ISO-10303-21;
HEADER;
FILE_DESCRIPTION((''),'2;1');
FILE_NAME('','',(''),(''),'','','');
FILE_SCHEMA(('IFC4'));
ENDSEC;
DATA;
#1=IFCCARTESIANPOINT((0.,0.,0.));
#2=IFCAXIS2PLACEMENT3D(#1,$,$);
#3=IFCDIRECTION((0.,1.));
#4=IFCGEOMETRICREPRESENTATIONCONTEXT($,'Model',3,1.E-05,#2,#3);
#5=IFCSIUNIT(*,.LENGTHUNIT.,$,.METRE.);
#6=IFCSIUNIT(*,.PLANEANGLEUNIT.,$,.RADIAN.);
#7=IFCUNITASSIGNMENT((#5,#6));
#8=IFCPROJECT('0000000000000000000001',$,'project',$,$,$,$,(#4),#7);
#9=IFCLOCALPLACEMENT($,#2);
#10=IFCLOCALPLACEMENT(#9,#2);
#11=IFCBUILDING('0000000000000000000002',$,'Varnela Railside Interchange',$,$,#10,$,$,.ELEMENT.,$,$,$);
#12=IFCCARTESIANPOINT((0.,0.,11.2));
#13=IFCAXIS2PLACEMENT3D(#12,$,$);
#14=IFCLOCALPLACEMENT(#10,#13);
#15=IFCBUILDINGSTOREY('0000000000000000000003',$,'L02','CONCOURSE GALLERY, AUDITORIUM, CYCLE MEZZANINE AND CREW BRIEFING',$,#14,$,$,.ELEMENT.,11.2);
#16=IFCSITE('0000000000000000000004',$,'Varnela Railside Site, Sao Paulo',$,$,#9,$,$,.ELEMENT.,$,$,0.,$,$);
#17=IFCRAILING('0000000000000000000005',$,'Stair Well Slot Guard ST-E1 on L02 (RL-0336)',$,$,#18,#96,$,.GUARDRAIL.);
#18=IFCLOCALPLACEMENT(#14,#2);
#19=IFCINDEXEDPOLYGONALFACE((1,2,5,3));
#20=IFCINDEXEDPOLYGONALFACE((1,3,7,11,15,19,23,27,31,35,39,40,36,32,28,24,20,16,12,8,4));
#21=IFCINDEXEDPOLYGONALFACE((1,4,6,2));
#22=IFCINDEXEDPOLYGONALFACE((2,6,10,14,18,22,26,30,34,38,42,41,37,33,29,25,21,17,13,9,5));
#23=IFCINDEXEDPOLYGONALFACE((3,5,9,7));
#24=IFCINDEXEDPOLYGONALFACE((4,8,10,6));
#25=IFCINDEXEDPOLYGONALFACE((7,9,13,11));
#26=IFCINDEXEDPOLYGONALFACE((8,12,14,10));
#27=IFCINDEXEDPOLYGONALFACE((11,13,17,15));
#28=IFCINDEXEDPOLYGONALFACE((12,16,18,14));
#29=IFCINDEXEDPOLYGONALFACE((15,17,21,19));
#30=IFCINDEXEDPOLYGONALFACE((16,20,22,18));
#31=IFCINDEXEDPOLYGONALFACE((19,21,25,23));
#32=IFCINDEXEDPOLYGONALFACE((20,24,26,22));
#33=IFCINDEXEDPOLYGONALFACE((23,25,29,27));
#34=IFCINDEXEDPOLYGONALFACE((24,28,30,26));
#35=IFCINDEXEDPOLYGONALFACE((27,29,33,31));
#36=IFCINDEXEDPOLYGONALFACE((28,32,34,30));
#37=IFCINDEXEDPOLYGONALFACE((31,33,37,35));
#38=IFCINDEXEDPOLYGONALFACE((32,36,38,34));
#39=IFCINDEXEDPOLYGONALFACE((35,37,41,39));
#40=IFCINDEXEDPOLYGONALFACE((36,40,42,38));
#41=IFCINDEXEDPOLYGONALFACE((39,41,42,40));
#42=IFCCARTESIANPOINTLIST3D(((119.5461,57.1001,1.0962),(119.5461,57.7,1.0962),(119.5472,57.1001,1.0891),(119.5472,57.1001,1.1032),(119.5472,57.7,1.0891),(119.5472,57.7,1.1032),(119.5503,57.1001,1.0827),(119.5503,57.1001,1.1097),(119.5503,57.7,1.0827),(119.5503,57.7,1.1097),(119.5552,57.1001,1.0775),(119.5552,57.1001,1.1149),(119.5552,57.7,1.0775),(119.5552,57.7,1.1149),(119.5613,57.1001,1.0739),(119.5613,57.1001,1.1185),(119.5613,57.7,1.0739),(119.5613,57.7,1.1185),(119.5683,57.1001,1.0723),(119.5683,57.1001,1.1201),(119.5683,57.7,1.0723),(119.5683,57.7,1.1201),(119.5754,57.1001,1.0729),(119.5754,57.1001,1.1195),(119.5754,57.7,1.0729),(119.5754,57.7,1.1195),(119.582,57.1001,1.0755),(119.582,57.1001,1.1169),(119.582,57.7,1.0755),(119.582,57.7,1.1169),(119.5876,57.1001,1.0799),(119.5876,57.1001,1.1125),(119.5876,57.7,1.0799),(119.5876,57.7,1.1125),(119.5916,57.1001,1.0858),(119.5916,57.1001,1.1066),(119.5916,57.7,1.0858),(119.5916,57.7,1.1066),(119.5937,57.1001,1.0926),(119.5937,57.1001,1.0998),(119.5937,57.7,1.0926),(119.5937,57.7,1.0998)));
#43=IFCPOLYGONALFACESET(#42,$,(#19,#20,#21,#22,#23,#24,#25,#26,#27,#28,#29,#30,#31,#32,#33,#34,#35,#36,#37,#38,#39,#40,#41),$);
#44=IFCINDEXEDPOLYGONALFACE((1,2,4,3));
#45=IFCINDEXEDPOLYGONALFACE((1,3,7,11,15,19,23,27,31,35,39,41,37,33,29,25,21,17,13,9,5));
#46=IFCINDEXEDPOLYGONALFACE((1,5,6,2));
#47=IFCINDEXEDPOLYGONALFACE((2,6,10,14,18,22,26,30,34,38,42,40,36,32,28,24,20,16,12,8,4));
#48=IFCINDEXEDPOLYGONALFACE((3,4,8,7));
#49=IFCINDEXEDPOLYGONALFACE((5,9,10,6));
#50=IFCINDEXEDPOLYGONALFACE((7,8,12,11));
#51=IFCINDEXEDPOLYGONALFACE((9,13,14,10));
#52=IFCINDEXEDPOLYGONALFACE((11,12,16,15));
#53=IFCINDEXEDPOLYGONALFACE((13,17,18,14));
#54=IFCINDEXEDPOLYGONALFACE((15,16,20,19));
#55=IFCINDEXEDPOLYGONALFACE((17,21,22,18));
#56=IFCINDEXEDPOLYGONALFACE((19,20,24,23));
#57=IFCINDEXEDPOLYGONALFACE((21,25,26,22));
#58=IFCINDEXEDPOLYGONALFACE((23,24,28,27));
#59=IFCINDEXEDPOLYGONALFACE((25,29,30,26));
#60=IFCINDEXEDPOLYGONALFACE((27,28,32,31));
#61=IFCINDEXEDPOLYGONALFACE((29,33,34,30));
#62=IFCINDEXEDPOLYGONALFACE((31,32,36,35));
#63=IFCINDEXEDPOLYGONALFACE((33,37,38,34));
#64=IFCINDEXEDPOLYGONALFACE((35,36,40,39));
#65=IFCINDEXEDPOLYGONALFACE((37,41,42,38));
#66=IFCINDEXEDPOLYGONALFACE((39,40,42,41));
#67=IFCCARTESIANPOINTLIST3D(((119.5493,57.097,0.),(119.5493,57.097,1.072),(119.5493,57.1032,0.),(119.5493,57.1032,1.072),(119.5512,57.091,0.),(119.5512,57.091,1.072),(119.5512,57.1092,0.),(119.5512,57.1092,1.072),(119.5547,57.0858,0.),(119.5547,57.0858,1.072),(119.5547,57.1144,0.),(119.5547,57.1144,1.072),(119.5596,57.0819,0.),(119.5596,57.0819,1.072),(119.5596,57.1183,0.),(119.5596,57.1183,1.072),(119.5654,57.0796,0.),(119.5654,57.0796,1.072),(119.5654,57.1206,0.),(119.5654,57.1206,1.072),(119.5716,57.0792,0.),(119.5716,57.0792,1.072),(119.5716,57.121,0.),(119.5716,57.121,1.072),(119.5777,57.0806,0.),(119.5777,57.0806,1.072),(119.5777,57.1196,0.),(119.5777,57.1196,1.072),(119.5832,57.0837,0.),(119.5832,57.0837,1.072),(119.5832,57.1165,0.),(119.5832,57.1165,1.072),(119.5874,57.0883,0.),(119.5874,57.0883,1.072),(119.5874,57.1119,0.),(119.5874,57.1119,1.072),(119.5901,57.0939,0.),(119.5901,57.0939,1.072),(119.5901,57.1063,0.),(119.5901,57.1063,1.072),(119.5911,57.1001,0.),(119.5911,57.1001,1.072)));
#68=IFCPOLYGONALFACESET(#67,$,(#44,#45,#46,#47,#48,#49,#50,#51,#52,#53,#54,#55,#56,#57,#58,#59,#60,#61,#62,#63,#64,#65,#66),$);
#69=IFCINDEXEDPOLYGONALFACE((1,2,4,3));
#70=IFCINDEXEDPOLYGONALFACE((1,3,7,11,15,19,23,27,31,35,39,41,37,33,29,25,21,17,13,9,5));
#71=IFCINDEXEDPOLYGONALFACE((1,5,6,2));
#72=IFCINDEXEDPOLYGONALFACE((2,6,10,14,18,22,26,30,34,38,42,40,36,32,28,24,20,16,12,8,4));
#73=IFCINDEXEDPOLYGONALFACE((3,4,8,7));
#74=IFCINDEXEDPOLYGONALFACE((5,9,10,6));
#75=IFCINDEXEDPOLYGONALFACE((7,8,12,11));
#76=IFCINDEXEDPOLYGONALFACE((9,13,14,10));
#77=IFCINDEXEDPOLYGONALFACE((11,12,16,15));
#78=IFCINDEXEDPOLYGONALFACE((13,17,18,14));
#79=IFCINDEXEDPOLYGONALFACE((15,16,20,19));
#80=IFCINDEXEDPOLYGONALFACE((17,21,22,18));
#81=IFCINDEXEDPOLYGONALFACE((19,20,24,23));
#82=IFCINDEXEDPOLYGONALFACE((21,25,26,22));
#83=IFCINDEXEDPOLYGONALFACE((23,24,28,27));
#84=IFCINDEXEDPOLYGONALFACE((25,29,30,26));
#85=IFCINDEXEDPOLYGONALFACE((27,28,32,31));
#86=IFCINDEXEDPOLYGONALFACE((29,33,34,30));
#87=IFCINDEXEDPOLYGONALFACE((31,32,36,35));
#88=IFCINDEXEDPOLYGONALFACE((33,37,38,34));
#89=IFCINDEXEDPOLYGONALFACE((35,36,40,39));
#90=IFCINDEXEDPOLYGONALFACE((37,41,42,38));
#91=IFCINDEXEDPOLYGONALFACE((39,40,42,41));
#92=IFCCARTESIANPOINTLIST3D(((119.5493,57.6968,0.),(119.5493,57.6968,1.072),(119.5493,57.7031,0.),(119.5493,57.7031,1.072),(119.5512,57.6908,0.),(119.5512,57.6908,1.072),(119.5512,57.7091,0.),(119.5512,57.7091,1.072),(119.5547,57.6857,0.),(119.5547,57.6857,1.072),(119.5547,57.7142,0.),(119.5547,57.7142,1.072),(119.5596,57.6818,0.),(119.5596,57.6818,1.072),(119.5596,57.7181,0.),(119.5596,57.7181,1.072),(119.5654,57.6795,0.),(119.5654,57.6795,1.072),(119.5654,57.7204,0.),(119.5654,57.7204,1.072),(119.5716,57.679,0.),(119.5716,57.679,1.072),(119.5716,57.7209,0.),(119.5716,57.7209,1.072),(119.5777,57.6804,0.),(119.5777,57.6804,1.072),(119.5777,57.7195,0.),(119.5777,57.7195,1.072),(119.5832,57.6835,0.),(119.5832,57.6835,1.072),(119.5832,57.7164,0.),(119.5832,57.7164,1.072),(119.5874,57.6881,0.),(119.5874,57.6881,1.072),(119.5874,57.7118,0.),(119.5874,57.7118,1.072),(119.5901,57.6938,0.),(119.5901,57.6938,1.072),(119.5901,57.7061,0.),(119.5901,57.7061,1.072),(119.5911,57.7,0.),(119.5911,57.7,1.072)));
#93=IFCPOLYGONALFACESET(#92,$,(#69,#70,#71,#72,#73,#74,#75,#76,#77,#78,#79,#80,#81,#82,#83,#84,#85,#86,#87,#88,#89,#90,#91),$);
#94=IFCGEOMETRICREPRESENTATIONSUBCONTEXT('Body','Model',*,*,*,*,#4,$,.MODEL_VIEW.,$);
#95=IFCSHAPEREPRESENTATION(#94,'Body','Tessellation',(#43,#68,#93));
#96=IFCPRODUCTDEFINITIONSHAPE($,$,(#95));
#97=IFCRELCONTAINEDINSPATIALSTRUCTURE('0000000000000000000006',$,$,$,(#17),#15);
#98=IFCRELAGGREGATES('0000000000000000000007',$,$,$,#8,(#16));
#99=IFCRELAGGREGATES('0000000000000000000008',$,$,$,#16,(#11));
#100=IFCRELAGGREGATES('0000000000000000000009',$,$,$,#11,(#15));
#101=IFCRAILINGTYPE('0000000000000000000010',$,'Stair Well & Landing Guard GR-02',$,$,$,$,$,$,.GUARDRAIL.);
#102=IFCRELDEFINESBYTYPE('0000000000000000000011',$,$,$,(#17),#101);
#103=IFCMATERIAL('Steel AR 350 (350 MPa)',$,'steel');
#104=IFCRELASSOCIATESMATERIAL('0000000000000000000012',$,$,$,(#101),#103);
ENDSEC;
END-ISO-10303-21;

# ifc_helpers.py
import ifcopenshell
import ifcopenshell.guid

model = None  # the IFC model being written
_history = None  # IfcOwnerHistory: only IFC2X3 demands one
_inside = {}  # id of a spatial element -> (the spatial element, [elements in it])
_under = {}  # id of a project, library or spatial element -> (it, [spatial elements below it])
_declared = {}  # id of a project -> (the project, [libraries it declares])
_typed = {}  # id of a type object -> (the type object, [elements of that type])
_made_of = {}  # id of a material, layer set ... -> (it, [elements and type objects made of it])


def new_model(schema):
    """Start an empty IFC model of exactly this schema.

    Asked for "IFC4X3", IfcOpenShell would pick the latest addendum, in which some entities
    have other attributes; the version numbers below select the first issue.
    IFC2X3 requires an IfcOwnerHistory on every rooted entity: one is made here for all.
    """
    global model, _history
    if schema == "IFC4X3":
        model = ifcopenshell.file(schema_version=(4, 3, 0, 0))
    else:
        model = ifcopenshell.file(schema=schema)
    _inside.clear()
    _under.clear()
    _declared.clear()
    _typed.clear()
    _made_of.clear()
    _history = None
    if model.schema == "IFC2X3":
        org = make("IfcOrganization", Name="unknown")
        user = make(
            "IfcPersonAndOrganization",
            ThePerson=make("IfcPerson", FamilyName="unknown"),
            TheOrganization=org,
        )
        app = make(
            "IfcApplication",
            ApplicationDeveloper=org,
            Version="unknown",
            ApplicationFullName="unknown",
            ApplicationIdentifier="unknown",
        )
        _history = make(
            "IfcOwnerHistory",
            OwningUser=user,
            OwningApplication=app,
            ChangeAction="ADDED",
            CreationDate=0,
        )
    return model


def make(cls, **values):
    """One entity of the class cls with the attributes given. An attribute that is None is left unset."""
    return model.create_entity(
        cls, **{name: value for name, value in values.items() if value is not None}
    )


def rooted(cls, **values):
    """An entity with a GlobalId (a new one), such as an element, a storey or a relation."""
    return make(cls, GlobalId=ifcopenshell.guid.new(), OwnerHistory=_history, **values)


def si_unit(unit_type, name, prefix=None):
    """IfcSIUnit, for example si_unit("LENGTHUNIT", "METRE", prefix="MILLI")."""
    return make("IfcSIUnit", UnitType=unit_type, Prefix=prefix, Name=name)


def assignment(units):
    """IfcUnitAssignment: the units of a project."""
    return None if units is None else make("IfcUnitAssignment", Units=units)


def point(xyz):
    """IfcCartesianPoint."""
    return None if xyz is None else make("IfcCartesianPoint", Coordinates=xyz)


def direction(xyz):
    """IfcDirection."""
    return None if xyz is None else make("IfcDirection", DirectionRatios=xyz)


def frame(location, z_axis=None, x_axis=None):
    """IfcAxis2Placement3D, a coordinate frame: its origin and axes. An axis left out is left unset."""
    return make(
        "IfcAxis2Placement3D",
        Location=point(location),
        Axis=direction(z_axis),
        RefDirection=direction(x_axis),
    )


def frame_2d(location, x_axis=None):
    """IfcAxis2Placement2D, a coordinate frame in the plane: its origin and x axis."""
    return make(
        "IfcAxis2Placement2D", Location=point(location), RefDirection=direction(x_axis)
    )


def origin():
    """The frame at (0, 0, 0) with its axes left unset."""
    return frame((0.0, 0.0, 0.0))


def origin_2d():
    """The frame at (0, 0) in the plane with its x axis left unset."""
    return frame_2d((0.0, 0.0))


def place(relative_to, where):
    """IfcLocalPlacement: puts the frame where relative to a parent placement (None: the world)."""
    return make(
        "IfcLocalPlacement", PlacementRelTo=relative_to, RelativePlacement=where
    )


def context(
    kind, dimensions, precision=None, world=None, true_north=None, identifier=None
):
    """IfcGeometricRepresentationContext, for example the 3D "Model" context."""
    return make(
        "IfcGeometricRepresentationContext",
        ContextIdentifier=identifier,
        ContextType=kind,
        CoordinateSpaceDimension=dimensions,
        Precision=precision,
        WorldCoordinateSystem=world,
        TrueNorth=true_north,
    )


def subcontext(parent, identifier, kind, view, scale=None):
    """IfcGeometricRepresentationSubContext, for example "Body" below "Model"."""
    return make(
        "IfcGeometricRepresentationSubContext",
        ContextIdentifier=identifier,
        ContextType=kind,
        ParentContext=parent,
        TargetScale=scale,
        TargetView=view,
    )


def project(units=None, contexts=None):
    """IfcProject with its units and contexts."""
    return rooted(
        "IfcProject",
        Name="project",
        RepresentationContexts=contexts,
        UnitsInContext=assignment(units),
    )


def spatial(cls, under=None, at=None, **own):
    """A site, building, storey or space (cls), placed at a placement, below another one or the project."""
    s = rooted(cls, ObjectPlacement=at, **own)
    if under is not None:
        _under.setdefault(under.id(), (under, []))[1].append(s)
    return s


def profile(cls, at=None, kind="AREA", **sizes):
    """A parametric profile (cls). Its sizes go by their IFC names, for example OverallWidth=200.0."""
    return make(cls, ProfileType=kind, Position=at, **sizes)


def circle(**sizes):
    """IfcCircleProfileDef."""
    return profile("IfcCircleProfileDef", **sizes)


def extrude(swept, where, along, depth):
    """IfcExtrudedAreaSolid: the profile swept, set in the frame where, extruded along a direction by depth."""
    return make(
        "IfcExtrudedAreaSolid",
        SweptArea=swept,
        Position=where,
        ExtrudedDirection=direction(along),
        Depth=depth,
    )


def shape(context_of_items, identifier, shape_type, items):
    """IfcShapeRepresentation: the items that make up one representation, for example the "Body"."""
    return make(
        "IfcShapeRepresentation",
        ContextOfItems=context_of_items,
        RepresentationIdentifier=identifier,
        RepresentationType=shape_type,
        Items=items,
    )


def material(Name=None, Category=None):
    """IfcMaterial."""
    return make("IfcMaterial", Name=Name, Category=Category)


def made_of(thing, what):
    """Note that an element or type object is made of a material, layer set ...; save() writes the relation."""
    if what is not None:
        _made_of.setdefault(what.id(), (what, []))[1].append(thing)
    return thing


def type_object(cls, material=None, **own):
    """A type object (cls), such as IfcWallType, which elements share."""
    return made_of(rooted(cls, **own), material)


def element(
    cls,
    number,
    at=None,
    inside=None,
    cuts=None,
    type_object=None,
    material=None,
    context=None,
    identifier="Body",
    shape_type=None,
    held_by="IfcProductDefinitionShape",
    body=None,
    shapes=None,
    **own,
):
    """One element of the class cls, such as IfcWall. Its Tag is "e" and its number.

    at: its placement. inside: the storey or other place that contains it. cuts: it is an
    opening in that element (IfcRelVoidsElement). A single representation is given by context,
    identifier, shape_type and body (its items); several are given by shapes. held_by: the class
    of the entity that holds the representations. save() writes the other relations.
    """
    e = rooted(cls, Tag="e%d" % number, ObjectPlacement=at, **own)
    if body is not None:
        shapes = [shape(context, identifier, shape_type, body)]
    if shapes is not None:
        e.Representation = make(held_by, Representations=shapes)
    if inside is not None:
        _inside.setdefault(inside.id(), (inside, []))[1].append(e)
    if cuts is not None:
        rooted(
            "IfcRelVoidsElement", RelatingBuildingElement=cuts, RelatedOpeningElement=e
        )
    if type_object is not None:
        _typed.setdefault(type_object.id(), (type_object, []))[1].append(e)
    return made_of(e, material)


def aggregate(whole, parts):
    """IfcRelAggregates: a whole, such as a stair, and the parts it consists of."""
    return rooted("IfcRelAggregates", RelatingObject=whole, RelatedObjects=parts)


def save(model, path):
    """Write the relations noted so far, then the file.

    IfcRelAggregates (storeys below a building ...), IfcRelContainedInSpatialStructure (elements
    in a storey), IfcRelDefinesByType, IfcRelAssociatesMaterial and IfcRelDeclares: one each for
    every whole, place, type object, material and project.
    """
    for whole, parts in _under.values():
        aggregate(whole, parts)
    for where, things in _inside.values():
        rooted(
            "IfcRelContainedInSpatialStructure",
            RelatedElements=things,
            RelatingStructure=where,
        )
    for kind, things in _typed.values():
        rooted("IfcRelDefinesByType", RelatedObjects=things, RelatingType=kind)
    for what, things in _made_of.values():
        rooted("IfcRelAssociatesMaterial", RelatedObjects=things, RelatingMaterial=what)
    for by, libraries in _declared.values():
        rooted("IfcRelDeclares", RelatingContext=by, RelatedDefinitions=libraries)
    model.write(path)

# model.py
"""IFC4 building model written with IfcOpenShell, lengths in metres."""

from ifc_helpers import new_model, si_unit, direction, frame, origin, origin_2d, place, context, subcontext, project, spatial, circle, extrude, material, type_object, element, save


model = new_model("IFC4")

# Units and contexts
model_context = context("Model", 3, precision=1e-05, world=origin(), true_north=direction((0.0, 1.0)))
body_context = subcontext(model_context, "Body", "Model", "MODEL_VIEW")
ifc_project = project(units=[si_unit("LENGTHUNIT", "METRE"), si_unit("PLANEANGLEUNIT", "RADIAN")], contexts=[model_context])

# Site, building, storey
site_placement = place(None, origin())
site = spatial("IfcSite", under=ifc_project, at=site_placement, Name="Varnela Railside Site, Sao Paulo", CompositionType="ELEMENT", RefElevation=0.0)
building_placement = place(site_placement, origin())
building = spatial("IfcBuilding", under=site, at=building_placement, Name="Varnela Railside Interchange", CompositionType="ELEMENT")
storey_placement = place(building_placement, frame((0.0, 0.0, 11.2)))
storey = spatial("IfcBuildingStorey", under=building, at=storey_placement, Name="L02", Description="CONCOURSE GALLERY, AUDITORIUM, CYCLE MEZZANINE AND CREW BRIEFING", CompositionType="ELEMENT", Elevation=11.2)

# Shared definitions
ifc_material_1 = material(Name="Steel AR 350 (350 MPa)", Category="steel")

# Railing
railing_type_1 = type_object("IfcRailingType", Name="Stair Well & Landing Guard GR-02", PredefinedType="GUARDRAIL", material=ifc_material_1)
railing_1_placement = place(storey_placement, frame((119.5701, 57.1001, 0.0)))
element("IfcRailing", 1, at=railing_1_placement, inside=storey, type_object=railing_type_1, Name="Stair Well Slot Guard ST-E1 on L02 (RL-0336)", PredefinedType="GUARDRAIL", context=body_context, shape_type="SweptSolid", body=[
    extrude(circle(Radius=0.0239, at=origin_2d()), frame((0.0, 0.0, 1.0962), z_axis=(0.0, 1.0, 0.0), x_axis=(-1.0, 0.0, 0.0)), (0.0, 0.0, 1.0), 0.5999),
    extrude(circle(Radius=0.021, at=origin_2d()), origin(), (0.0, 0.0, 1.0), 1.072),
    extrude(circle(Radius=0.021, at=origin_2d()), frame((0.0, 0.5999, 0.0)), (0.0, 0.0, 1.0), 1.072),
])

save(model, "model.ifc")
